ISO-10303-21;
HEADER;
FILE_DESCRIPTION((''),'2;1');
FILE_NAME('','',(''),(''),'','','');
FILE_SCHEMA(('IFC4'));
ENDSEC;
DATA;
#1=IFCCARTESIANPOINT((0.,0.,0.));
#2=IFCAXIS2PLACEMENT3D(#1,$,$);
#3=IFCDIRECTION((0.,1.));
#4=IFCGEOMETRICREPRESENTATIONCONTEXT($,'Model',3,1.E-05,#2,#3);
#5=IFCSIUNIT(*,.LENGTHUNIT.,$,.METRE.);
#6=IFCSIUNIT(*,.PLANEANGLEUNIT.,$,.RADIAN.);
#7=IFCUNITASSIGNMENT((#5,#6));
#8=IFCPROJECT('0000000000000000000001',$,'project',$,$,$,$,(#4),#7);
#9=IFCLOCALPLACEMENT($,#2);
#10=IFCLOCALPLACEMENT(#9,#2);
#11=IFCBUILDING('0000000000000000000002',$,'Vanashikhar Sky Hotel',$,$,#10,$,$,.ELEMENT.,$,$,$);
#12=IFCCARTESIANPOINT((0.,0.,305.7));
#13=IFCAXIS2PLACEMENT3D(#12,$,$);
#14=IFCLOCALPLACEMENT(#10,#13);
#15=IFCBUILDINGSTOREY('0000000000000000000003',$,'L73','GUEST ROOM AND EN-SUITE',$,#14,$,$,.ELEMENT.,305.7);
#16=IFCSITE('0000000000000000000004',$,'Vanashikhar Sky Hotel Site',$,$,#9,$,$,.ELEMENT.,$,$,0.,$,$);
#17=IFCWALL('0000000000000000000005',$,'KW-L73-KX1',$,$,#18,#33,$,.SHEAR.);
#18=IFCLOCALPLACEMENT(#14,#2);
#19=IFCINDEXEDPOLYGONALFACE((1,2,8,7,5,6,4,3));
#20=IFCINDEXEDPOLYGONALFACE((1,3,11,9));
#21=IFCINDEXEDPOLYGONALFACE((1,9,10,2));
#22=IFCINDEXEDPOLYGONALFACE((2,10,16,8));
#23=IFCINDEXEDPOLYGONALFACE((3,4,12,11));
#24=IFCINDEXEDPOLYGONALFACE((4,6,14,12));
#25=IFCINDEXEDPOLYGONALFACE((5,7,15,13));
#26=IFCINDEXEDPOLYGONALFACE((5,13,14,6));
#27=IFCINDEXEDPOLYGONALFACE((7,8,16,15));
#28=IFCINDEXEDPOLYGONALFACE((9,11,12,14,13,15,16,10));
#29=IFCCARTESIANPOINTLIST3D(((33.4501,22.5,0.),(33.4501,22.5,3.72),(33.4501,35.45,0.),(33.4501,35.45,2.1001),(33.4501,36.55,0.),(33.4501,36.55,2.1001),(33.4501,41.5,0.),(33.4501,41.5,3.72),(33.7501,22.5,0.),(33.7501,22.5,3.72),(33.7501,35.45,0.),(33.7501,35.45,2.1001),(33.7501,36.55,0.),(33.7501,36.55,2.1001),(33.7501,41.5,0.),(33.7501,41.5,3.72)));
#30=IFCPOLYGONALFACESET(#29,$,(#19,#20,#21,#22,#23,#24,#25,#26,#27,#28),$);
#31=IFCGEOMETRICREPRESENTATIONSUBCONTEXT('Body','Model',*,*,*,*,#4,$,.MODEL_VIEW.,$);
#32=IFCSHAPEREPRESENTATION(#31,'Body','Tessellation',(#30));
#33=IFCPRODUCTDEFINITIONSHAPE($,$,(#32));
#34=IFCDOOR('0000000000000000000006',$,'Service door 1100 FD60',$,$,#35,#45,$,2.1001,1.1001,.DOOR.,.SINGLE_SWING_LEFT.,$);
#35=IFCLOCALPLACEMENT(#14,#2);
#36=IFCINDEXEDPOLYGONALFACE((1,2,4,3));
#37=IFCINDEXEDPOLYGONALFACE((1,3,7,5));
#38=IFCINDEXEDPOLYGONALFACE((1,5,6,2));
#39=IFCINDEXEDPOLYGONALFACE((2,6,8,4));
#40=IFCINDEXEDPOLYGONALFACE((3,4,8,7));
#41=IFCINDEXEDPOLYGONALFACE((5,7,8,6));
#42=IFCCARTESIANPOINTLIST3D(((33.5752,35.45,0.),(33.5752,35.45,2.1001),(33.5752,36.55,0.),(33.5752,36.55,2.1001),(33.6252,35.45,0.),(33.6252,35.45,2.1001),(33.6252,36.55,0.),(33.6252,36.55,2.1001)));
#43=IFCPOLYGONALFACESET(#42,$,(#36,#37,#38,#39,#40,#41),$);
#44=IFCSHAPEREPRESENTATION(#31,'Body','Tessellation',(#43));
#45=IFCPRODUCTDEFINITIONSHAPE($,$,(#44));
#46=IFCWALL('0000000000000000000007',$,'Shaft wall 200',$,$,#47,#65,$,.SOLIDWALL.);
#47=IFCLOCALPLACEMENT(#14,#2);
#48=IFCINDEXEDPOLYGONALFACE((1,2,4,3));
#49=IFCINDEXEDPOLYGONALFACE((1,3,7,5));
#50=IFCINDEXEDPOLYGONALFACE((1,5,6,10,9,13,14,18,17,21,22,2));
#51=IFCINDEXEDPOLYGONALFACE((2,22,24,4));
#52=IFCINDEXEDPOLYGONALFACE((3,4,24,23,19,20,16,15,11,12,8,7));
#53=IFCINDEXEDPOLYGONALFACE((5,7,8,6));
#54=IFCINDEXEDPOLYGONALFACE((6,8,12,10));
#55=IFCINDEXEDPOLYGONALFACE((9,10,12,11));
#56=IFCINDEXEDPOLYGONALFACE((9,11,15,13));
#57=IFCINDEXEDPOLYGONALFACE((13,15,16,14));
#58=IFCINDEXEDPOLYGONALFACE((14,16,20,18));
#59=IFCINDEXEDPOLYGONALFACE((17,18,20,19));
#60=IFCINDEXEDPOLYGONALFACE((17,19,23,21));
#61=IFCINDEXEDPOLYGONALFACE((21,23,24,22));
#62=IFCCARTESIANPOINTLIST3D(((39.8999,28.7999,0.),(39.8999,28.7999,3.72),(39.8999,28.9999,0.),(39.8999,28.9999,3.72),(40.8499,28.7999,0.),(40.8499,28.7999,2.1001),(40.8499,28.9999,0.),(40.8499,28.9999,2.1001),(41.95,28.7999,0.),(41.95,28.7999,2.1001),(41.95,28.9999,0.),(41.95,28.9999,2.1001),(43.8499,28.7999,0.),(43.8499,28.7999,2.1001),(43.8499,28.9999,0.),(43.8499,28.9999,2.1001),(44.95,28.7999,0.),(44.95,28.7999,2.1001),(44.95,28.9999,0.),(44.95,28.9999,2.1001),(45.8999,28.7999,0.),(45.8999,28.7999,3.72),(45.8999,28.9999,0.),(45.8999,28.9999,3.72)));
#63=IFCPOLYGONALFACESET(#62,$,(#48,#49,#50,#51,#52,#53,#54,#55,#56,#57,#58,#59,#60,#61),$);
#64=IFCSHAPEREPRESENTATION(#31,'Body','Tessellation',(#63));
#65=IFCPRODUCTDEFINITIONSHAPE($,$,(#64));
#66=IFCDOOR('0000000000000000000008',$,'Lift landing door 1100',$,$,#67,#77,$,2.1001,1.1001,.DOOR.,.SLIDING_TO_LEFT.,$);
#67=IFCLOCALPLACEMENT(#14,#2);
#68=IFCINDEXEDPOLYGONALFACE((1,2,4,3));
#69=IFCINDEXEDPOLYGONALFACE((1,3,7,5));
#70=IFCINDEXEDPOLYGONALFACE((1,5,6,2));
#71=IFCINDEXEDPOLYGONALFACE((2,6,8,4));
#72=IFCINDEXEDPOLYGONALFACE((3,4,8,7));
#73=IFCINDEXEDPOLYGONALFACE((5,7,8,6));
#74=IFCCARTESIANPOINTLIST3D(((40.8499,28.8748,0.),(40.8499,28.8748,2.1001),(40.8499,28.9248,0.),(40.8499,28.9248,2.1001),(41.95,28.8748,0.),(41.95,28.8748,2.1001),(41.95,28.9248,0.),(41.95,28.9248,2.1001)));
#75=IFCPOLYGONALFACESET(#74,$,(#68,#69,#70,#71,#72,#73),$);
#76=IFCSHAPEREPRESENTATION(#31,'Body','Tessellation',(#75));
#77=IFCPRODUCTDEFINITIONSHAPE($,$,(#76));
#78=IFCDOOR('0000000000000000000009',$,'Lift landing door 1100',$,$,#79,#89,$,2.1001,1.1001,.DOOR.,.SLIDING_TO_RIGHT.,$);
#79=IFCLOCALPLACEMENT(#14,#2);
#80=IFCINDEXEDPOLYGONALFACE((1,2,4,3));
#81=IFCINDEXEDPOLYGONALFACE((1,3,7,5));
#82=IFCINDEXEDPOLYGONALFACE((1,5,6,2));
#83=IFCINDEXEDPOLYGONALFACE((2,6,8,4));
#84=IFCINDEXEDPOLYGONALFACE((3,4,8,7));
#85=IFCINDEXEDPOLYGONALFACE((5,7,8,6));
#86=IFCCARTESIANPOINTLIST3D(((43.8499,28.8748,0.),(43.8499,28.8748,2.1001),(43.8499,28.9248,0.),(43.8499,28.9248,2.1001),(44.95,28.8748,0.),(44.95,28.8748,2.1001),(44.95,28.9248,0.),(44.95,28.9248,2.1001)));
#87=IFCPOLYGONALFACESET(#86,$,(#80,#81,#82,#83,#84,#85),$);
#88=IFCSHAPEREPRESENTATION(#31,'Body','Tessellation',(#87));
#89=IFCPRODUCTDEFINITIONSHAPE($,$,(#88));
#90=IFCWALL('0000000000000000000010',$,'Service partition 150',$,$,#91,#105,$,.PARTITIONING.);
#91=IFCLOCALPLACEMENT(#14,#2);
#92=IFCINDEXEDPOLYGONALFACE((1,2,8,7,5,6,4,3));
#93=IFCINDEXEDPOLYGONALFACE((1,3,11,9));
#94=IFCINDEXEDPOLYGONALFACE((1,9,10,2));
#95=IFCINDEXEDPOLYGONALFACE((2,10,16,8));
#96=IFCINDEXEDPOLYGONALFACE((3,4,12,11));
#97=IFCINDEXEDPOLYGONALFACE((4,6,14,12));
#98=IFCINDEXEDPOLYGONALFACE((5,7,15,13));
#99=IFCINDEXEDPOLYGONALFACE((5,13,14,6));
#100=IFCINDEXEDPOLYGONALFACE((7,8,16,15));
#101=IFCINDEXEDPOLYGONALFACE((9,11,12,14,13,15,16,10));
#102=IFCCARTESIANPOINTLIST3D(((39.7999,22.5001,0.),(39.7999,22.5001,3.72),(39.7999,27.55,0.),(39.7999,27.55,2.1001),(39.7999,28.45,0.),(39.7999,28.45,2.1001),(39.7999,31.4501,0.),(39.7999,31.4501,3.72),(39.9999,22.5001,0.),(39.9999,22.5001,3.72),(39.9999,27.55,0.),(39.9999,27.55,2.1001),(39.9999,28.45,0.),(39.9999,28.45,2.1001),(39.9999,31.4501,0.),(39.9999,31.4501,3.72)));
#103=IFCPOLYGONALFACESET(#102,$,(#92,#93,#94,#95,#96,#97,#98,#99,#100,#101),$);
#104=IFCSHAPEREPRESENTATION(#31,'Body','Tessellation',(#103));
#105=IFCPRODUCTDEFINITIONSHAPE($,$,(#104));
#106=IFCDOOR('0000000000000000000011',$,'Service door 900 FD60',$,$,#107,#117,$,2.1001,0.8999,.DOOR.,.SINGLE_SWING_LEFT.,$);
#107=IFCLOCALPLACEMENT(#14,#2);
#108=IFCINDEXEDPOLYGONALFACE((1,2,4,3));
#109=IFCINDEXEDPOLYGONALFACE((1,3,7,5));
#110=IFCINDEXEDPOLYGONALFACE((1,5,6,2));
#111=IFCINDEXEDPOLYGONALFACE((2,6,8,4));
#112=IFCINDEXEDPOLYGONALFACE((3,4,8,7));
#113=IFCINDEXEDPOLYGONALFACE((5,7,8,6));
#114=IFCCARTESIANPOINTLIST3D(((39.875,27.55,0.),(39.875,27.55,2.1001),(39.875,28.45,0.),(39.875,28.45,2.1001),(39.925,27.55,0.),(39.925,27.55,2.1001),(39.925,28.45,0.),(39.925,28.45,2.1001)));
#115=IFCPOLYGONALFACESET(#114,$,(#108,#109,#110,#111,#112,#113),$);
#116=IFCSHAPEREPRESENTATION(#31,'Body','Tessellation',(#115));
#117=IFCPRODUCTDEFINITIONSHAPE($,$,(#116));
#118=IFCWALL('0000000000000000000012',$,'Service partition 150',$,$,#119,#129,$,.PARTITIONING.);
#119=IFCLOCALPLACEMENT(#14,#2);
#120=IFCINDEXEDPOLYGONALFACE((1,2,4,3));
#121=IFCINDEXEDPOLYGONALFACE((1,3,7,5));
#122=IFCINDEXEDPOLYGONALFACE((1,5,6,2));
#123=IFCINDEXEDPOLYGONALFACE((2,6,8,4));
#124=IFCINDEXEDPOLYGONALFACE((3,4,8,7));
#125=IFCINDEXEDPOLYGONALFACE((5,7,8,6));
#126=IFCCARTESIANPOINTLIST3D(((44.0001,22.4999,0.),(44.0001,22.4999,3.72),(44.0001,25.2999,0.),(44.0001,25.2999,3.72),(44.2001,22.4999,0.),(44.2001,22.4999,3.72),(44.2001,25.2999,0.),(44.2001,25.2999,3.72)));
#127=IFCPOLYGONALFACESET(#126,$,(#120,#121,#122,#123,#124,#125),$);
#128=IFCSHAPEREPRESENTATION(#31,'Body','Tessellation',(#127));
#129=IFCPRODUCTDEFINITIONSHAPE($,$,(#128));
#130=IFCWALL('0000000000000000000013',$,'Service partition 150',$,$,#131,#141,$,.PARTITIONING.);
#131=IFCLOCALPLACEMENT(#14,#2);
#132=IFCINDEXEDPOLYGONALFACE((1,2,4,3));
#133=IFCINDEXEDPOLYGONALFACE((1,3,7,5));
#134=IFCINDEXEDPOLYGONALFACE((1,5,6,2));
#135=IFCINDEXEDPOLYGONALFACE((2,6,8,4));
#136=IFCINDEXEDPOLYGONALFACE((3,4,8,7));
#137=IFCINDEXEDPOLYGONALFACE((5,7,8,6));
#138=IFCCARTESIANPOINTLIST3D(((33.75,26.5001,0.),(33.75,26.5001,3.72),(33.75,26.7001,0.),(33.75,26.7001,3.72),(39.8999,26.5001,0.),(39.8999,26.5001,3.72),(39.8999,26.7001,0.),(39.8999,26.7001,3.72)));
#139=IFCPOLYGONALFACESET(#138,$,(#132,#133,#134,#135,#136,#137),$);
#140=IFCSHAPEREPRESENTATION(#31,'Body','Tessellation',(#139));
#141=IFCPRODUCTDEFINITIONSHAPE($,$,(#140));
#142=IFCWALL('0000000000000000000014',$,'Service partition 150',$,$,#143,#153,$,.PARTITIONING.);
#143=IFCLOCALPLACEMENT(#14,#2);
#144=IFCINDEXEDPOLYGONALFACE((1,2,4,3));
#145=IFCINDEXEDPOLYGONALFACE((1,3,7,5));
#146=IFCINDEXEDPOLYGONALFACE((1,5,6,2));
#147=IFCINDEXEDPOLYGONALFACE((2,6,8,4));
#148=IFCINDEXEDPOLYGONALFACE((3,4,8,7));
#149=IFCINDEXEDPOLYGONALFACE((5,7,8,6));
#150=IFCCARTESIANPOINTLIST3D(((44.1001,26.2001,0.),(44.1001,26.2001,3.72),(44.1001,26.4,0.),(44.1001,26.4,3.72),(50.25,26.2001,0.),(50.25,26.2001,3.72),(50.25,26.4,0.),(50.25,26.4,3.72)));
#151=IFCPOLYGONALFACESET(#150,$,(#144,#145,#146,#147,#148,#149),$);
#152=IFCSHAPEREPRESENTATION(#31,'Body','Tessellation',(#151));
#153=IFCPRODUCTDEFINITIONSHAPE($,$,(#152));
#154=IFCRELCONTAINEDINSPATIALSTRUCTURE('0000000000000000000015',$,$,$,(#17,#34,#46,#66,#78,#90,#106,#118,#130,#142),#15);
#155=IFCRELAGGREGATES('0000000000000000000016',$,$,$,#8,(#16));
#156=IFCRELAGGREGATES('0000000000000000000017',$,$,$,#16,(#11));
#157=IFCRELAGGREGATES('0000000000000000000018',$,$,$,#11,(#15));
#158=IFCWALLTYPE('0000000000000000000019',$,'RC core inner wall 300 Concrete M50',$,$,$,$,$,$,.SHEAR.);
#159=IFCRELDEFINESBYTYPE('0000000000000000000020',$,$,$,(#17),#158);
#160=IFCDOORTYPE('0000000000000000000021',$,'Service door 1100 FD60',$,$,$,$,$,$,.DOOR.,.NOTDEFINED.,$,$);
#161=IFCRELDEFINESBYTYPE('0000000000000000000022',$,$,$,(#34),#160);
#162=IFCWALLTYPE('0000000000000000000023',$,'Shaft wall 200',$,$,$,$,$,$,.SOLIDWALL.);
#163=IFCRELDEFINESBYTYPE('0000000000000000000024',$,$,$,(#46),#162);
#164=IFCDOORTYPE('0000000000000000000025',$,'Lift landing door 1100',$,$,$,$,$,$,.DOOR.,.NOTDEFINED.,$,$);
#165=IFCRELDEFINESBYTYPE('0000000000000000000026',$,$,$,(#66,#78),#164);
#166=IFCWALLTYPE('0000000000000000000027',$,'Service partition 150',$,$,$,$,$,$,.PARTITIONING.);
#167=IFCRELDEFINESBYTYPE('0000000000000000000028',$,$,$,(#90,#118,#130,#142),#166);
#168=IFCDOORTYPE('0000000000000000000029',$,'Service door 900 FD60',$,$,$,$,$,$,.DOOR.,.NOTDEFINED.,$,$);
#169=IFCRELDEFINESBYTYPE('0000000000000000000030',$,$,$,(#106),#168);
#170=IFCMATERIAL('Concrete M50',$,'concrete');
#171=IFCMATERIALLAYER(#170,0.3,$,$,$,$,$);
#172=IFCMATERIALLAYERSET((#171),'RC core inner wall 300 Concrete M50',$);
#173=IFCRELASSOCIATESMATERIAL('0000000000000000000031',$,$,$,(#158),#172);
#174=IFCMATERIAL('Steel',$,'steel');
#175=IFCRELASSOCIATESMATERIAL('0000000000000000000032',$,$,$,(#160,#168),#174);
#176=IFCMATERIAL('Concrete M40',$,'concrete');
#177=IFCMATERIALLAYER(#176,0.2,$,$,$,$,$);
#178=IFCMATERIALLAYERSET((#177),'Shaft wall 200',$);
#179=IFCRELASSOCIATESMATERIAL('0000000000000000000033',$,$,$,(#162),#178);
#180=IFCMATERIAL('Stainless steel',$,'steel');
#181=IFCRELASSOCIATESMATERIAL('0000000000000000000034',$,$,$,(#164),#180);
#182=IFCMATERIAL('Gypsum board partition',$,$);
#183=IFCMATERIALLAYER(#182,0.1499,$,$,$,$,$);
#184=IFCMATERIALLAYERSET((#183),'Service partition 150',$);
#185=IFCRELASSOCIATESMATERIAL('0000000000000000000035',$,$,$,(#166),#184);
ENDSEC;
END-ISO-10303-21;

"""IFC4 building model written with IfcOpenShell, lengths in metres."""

from ifc_helpers import new_model, si_unit, direction, frame, frame_2d, origin, place, context, subcontext, project, spatial, rectangle, extrude, source, transform, mapped, material, layer, layer_set, type_object, element, fill, save


model = new_model("IFC4")

# Units and contexts
model_context = context("Model", 3, precision=1e-05, world=origin(), true_north=direction((0.0, 1.0)))
body_context = subcontext(model_context, "Body", "Model", "MODEL_VIEW")
ifc_project = project(units=[si_unit("LENGTHUNIT", "METRE"), si_unit("PLANEANGLEUNIT", "RADIAN")], contexts=[model_context])

# Site, building, storey
site_placement = place(None, origin())
site = spatial("IfcSite", under=ifc_project, at=site_placement, Name="Vanashikhar Sky Hotel Site", CompositionType="ELEMENT", RefElevation=0.0)
building_placement = place(site_placement, origin())
building = spatial("IfcBuilding", under=site, at=building_placement, Name="Vanashikhar Sky Hotel", CompositionType="ELEMENT")
storey_placement = place(building_placement, frame((0.0, 0.0, 305.7)))
storey = spatial("IfcBuildingStorey", under=building, at=storey_placement, Name="L73", Description="GUEST ROOM AND EN-SUITE", CompositionType="ELEMENT", Elevation=305.7)

# Wall, opening, door
ifc_material_1 = material(Name="Concrete M50", Category="concrete")
ifc_layer_1 = layer(ifc_material_1, 0.3)
ifc_layer_set_1 = layer_set([ifc_layer_1], Name="RC core inner wall 300 Concrete M50")
wall_type_1 = type_object("IfcWallType", Name="RC core inner wall 300 Concrete M50", PredefinedType="SHEAR", material=ifc_layer_set_1)
shared_shape_1 = source(origin(), body_context, "Body", "SweptSolid", [
    extrude(rectangle(XDim=19.0, YDim=0.3, at=frame_2d((9.5, 0.0))), origin(), (0.0, 0.0, 1.0), 3.72),
])
wall_1_placement = place(storey_placement, frame((33.6001, 22.5, 0.0), z_axis=(0.0, 0.0, 1.0), x_axis=(0.0, 1.0, 0.0)))
wall_1 = element("IfcWall", 1, at=wall_1_placement, inside=storey, type_object=wall_type_1, Name="KW-L73-KX1", PredefinedType="SHEAR", context=body_context, shape_type="MappedRepresentation", body=[
    mapped(shared_shape_1, transform((0.0, 0.0, 0.0), scale=1.0)),
])
shared_shape_2 = source(origin(), body_context, "Body", "SweptSolid", [
    extrude(rectangle(XDim=1.1001, YDim=2.1001, at=frame_2d((0.55, 1.05))), frame((0.0, 0.1602, 0.0), z_axis=(0.0, -1.0, 0.0), x_axis=(1.0, 0.0, 0.0)), (0.0, 0.0, 1.0), 0.3201),
])
opening_1_placement = place(wall_1_placement, frame((12.95, 0.0, 0.0)))
opening_1 = element("IfcOpeningElement", 2, at=opening_1_placement, cuts=wall_1, PredefinedType="OPENING", context=body_context, shape_type="MappedRepresentation", body=[
    mapped(shared_shape_2, transform((0.0, 0.0, 0.0), scale=1.0)),
])
ifc_material_2 = material(Name="Steel", Category="steel")
door_type_1 = type_object("IfcDoorType", Name="Service door 1100 FD60", OperationType="NOTDEFINED", PredefinedType="DOOR", material=ifc_material_2)
shared_shape_3 = source(origin(), body_context, "Body", "SweptSolid", [
    extrude(rectangle(XDim=1.1001, YDim=2.1001, at=frame_2d((0.55, 1.05))), frame((0.0, 0.0249, 0.0), z_axis=(0.0, -1.0, 0.0), x_axis=(1.0, 0.0, 0.0)), (0.0, 0.0, 1.0), 0.05),
])
door_1_placement = place(opening_1_placement, origin())
door_1 = element("IfcDoor", 3, at=door_1_placement, inside=storey, type_object=door_type_1, Name="Service door 1100 FD60", OperationType="SINGLE_SWING_LEFT", OverallHeight=2.1001, OverallWidth=1.1001, PredefinedType="DOOR", context=body_context, shape_type="MappedRepresentation", body=[
    mapped(shared_shape_3, transform((0.0, 0.0, 0.0), scale=1.0)),
])
fill(opening_1, door_1)

# Wall, openings, doors
ifc_material_3 = material(Name="Concrete M40", Category="concrete")
ifc_layer_2 = layer(ifc_material_3, 0.2)
ifc_layer_set_2 = layer_set([ifc_layer_2], Name="Shaft wall 200")
wall_type_2 = type_object("IfcWallType", Name="Shaft wall 200", PredefinedType="SOLIDWALL", material=ifc_layer_set_2)
shared_shape_4 = source(origin(), body_context, "Body", "SweptSolid", [
    extrude(rectangle(XDim=6.0, YDim=0.2, at=frame_2d((3.0, 0.0))), origin(), (0.0, 0.0, 1.0), 3.72),
])
wall_2_placement = place(storey_placement, frame((39.8999, 28.8999, 0.0), z_axis=(0.0, 0.0, 1.0), x_axis=(1.0, 0.0, 0.0)))
wall_2 = element("IfcWall", 4, at=wall_2_placement, inside=storey, type_object=wall_type_2, Name="Shaft wall 200", PredefinedType="SOLIDWALL", context=body_context, shape_type="MappedRepresentation", body=[
    mapped(shared_shape_4, transform((0.0, 0.0, 0.0), scale=1.0)),
])
shared_shape_5 = source(origin(), body_context, "Body", "SweptSolid", [
    extrude(rectangle(XDim=1.1001, YDim=2.1001, at=frame_2d((0.55, 1.05))), frame((0.0, 0.1099, 0.0), z_axis=(0.0, -1.0, 0.0), x_axis=(1.0, 0.0, 0.0)), (0.0, 0.0, 1.0), 0.22),
])
opening_2_placement = place(wall_2_placement, frame((0.95, 0.0, 0.0)))
opening_2 = element("IfcOpeningElement", 5, at=opening_2_placement, cuts=wall_2, PredefinedType="OPENING", context=body_context, shape_type="MappedRepresentation", body=[
    mapped(shared_shape_5, transform((0.0, 0.0, 0.0), scale=1.0)),
])
opening_3_placement = place(wall_2_placement, frame((3.95, 0.0, 0.0)))
opening_3 = element("IfcOpeningElement", 6, at=opening_3_placement, cuts=wall_2, PredefinedType="OPENING", context=body_context, shape_type="MappedRepresentation", body=[
    mapped(shared_shape_5, transform((0.0, 0.0, 0.0), scale=1.0)),
])
ifc_material_4 = material(Name="Stainless steel", Category="steel")
door_type_2 = type_object("IfcDoorType", Name="Lift landing door 1100", OperationType="NOTDEFINED", PredefinedType="DOOR", material=ifc_material_4)
door_2_placement = place(opening_2_placement, origin())
door_2 = element("IfcDoor", 7, at=door_2_placement, inside=storey, type_object=door_type_2, Name="Lift landing door 1100", OperationType="SLIDING_TO_LEFT", OverallHeight=2.1001, OverallWidth=1.1001, PredefinedType="DOOR", context=body_context, shape_type="MappedRepresentation", body=[
    mapped(shared_shape_3, transform((0.0, 0.0, 0.0), scale=1.0)),
])
fill(opening_2, door_2)
door_3_placement = place(opening_3_placement, origin())
door_3 = element("IfcDoor", 8, at=door_3_placement, inside=storey, type_object=door_type_2, Name="Lift landing door 1100", OperationType="SLIDING_TO_RIGHT", OverallHeight=2.1001, OverallWidth=1.1001, PredefinedType="DOOR", context=body_context, shape_type="MappedRepresentation", body=[
    mapped(shared_shape_3, transform((0.0, 0.0, 0.0), scale=1.0)),
])
fill(opening_3, door_3)

# Wall, opening, door
ifc_material_5 = material(Name="Gypsum board partition")
ifc_layer_3 = layer(ifc_material_5, 0.1499)
ifc_layer_set_3 = layer_set([ifc_layer_3], Name="Service partition 150")
wall_type_3 = type_object("IfcWallType", Name="Service partition 150", PredefinedType="PARTITIONING", material=ifc_layer_set_3)
shared_shape_6 = source(origin(), body_context, "Body", "SweptSolid", [
    extrude(rectangle(XDim=8.95, YDim=0.2, at=frame_2d((4.4751, 0.0))), origin(), (0.0, 0.0, 1.0), 3.72),
])
wall_3_placement = place(storey_placement, frame((39.8999, 22.5, 0.0), z_axis=(0.0, 0.0, 1.0), x_axis=(0.0, 1.0, 0.0)))
wall_3 = element("IfcWall", 9, at=wall_3_placement, inside=storey, type_object=wall_type_3, Name="Service partition 150", PredefinedType="PARTITIONING", context=body_context, shape_type="MappedRepresentation", body=[
    mapped(shared_shape_6, transform((0.0, 0.0, 0.0), scale=1.0)),
])
shared_shape_7 = source(origin(), body_context, "Body", "SweptSolid", [
    extrude(rectangle(XDim=0.8999, YDim=2.1001, at=frame_2d((0.45, 1.05))), frame((0.0, 0.1099, 0.0), z_axis=(0.0, -1.0, 0.0), x_axis=(1.0, 0.0, 0.0)), (0.0, 0.0, 1.0), 0.22),
])
opening_4_placement = place(wall_3_placement, frame((5.05, 0.0, 0.0)))
opening_4 = element("IfcOpeningElement", 10, at=opening_4_placement, cuts=wall_3, PredefinedType="OPENING", context=body_context, shape_type="MappedRepresentation", body=[
    mapped(shared_shape_7, transform((0.0, 0.0, 0.0), scale=1.0)),
])
door_type_3 = type_object("IfcDoorType", Name="Service door 900 FD60", OperationType="NOTDEFINED", PredefinedType="DOOR", material=ifc_material_2)
shared_shape_8 = source(origin(), body_context, "Body", "SweptSolid", [
    extrude(rectangle(XDim=0.8999, YDim=2.1001, at=frame_2d((0.45, 1.05))), frame((0.0, 0.0249, 0.0), z_axis=(0.0, -1.0, 0.0), x_axis=(1.0, 0.0, 0.0)), (0.0, 0.0, 1.0), 0.05),
])
door_4_placement = place(opening_4_placement, origin())
door_4 = element("IfcDoor", 11, at=door_4_placement, inside=storey, type_object=door_type_3, Name="Service door 900 FD60", OperationType="SINGLE_SWING_LEFT", OverallHeight=2.1001, OverallWidth=0.8999, PredefinedType="DOOR", context=body_context, shape_type="MappedRepresentation", body=[
    mapped(shared_shape_8, transform((0.0, 0.0, 0.0), scale=1.0)),
])
fill(opening_4, door_4)

# Walls
shared_shape_9 = source(origin(), body_context, "Body", "SweptSolid", [
    extrude(rectangle(XDim=2.8, YDim=0.2, at=frame_2d((1.3999, 0.0))), origin(), (0.0, 0.0, 1.0), 3.72),
])
wall_4_placement = place(storey_placement, frame((44.1001, 22.5, 0.0), z_axis=(0.0, 0.0, 1.0), x_axis=(0.0, 1.0, 0.0)))
element("IfcWall", 12, at=wall_4_placement, inside=storey, type_object=wall_type_3, Name="Service partition 150", PredefinedType="PARTITIONING", context=body_context, shape_type="MappedRepresentation", body=[
    mapped(shared_shape_9, transform((0.0, 0.0, 0.0), scale=1.0)),
])
shared_shape_10 = source(origin(), body_context, "Body", "SweptSolid", [
    extrude(rectangle(XDim=6.1499, YDim=0.2, at=frame_2d((3.075, 0.0))), origin(), (0.0, 0.0, 1.0), 3.72),
])
for number, where, z_axis, x_axis, name in (
    (13, (33.75, 26.6001, 0.0), (0.0, 0.0, 1.0), (1.0, 0.0, 0.0), "Service partition 150"),
    (14, (44.1001, 26.3, 0.0), (0.0, 0.0, 1.0), (1.0, 0.0, 0.0), "Service partition 150"),
):
    element("IfcWall", number, at=place(storey_placement, frame(where, z_axis=z_axis, x_axis=x_axis)), inside=storey, type_object=wall_type_3, Name=name, PredefinedType="PARTITIONING", context=body_context, shape_type="MappedRepresentation", body=[
        mapped(shared_shape_10, transform((0.0, 0.0, 0.0), scale=1.0)),
    ])

save(model, "model.ifc")
